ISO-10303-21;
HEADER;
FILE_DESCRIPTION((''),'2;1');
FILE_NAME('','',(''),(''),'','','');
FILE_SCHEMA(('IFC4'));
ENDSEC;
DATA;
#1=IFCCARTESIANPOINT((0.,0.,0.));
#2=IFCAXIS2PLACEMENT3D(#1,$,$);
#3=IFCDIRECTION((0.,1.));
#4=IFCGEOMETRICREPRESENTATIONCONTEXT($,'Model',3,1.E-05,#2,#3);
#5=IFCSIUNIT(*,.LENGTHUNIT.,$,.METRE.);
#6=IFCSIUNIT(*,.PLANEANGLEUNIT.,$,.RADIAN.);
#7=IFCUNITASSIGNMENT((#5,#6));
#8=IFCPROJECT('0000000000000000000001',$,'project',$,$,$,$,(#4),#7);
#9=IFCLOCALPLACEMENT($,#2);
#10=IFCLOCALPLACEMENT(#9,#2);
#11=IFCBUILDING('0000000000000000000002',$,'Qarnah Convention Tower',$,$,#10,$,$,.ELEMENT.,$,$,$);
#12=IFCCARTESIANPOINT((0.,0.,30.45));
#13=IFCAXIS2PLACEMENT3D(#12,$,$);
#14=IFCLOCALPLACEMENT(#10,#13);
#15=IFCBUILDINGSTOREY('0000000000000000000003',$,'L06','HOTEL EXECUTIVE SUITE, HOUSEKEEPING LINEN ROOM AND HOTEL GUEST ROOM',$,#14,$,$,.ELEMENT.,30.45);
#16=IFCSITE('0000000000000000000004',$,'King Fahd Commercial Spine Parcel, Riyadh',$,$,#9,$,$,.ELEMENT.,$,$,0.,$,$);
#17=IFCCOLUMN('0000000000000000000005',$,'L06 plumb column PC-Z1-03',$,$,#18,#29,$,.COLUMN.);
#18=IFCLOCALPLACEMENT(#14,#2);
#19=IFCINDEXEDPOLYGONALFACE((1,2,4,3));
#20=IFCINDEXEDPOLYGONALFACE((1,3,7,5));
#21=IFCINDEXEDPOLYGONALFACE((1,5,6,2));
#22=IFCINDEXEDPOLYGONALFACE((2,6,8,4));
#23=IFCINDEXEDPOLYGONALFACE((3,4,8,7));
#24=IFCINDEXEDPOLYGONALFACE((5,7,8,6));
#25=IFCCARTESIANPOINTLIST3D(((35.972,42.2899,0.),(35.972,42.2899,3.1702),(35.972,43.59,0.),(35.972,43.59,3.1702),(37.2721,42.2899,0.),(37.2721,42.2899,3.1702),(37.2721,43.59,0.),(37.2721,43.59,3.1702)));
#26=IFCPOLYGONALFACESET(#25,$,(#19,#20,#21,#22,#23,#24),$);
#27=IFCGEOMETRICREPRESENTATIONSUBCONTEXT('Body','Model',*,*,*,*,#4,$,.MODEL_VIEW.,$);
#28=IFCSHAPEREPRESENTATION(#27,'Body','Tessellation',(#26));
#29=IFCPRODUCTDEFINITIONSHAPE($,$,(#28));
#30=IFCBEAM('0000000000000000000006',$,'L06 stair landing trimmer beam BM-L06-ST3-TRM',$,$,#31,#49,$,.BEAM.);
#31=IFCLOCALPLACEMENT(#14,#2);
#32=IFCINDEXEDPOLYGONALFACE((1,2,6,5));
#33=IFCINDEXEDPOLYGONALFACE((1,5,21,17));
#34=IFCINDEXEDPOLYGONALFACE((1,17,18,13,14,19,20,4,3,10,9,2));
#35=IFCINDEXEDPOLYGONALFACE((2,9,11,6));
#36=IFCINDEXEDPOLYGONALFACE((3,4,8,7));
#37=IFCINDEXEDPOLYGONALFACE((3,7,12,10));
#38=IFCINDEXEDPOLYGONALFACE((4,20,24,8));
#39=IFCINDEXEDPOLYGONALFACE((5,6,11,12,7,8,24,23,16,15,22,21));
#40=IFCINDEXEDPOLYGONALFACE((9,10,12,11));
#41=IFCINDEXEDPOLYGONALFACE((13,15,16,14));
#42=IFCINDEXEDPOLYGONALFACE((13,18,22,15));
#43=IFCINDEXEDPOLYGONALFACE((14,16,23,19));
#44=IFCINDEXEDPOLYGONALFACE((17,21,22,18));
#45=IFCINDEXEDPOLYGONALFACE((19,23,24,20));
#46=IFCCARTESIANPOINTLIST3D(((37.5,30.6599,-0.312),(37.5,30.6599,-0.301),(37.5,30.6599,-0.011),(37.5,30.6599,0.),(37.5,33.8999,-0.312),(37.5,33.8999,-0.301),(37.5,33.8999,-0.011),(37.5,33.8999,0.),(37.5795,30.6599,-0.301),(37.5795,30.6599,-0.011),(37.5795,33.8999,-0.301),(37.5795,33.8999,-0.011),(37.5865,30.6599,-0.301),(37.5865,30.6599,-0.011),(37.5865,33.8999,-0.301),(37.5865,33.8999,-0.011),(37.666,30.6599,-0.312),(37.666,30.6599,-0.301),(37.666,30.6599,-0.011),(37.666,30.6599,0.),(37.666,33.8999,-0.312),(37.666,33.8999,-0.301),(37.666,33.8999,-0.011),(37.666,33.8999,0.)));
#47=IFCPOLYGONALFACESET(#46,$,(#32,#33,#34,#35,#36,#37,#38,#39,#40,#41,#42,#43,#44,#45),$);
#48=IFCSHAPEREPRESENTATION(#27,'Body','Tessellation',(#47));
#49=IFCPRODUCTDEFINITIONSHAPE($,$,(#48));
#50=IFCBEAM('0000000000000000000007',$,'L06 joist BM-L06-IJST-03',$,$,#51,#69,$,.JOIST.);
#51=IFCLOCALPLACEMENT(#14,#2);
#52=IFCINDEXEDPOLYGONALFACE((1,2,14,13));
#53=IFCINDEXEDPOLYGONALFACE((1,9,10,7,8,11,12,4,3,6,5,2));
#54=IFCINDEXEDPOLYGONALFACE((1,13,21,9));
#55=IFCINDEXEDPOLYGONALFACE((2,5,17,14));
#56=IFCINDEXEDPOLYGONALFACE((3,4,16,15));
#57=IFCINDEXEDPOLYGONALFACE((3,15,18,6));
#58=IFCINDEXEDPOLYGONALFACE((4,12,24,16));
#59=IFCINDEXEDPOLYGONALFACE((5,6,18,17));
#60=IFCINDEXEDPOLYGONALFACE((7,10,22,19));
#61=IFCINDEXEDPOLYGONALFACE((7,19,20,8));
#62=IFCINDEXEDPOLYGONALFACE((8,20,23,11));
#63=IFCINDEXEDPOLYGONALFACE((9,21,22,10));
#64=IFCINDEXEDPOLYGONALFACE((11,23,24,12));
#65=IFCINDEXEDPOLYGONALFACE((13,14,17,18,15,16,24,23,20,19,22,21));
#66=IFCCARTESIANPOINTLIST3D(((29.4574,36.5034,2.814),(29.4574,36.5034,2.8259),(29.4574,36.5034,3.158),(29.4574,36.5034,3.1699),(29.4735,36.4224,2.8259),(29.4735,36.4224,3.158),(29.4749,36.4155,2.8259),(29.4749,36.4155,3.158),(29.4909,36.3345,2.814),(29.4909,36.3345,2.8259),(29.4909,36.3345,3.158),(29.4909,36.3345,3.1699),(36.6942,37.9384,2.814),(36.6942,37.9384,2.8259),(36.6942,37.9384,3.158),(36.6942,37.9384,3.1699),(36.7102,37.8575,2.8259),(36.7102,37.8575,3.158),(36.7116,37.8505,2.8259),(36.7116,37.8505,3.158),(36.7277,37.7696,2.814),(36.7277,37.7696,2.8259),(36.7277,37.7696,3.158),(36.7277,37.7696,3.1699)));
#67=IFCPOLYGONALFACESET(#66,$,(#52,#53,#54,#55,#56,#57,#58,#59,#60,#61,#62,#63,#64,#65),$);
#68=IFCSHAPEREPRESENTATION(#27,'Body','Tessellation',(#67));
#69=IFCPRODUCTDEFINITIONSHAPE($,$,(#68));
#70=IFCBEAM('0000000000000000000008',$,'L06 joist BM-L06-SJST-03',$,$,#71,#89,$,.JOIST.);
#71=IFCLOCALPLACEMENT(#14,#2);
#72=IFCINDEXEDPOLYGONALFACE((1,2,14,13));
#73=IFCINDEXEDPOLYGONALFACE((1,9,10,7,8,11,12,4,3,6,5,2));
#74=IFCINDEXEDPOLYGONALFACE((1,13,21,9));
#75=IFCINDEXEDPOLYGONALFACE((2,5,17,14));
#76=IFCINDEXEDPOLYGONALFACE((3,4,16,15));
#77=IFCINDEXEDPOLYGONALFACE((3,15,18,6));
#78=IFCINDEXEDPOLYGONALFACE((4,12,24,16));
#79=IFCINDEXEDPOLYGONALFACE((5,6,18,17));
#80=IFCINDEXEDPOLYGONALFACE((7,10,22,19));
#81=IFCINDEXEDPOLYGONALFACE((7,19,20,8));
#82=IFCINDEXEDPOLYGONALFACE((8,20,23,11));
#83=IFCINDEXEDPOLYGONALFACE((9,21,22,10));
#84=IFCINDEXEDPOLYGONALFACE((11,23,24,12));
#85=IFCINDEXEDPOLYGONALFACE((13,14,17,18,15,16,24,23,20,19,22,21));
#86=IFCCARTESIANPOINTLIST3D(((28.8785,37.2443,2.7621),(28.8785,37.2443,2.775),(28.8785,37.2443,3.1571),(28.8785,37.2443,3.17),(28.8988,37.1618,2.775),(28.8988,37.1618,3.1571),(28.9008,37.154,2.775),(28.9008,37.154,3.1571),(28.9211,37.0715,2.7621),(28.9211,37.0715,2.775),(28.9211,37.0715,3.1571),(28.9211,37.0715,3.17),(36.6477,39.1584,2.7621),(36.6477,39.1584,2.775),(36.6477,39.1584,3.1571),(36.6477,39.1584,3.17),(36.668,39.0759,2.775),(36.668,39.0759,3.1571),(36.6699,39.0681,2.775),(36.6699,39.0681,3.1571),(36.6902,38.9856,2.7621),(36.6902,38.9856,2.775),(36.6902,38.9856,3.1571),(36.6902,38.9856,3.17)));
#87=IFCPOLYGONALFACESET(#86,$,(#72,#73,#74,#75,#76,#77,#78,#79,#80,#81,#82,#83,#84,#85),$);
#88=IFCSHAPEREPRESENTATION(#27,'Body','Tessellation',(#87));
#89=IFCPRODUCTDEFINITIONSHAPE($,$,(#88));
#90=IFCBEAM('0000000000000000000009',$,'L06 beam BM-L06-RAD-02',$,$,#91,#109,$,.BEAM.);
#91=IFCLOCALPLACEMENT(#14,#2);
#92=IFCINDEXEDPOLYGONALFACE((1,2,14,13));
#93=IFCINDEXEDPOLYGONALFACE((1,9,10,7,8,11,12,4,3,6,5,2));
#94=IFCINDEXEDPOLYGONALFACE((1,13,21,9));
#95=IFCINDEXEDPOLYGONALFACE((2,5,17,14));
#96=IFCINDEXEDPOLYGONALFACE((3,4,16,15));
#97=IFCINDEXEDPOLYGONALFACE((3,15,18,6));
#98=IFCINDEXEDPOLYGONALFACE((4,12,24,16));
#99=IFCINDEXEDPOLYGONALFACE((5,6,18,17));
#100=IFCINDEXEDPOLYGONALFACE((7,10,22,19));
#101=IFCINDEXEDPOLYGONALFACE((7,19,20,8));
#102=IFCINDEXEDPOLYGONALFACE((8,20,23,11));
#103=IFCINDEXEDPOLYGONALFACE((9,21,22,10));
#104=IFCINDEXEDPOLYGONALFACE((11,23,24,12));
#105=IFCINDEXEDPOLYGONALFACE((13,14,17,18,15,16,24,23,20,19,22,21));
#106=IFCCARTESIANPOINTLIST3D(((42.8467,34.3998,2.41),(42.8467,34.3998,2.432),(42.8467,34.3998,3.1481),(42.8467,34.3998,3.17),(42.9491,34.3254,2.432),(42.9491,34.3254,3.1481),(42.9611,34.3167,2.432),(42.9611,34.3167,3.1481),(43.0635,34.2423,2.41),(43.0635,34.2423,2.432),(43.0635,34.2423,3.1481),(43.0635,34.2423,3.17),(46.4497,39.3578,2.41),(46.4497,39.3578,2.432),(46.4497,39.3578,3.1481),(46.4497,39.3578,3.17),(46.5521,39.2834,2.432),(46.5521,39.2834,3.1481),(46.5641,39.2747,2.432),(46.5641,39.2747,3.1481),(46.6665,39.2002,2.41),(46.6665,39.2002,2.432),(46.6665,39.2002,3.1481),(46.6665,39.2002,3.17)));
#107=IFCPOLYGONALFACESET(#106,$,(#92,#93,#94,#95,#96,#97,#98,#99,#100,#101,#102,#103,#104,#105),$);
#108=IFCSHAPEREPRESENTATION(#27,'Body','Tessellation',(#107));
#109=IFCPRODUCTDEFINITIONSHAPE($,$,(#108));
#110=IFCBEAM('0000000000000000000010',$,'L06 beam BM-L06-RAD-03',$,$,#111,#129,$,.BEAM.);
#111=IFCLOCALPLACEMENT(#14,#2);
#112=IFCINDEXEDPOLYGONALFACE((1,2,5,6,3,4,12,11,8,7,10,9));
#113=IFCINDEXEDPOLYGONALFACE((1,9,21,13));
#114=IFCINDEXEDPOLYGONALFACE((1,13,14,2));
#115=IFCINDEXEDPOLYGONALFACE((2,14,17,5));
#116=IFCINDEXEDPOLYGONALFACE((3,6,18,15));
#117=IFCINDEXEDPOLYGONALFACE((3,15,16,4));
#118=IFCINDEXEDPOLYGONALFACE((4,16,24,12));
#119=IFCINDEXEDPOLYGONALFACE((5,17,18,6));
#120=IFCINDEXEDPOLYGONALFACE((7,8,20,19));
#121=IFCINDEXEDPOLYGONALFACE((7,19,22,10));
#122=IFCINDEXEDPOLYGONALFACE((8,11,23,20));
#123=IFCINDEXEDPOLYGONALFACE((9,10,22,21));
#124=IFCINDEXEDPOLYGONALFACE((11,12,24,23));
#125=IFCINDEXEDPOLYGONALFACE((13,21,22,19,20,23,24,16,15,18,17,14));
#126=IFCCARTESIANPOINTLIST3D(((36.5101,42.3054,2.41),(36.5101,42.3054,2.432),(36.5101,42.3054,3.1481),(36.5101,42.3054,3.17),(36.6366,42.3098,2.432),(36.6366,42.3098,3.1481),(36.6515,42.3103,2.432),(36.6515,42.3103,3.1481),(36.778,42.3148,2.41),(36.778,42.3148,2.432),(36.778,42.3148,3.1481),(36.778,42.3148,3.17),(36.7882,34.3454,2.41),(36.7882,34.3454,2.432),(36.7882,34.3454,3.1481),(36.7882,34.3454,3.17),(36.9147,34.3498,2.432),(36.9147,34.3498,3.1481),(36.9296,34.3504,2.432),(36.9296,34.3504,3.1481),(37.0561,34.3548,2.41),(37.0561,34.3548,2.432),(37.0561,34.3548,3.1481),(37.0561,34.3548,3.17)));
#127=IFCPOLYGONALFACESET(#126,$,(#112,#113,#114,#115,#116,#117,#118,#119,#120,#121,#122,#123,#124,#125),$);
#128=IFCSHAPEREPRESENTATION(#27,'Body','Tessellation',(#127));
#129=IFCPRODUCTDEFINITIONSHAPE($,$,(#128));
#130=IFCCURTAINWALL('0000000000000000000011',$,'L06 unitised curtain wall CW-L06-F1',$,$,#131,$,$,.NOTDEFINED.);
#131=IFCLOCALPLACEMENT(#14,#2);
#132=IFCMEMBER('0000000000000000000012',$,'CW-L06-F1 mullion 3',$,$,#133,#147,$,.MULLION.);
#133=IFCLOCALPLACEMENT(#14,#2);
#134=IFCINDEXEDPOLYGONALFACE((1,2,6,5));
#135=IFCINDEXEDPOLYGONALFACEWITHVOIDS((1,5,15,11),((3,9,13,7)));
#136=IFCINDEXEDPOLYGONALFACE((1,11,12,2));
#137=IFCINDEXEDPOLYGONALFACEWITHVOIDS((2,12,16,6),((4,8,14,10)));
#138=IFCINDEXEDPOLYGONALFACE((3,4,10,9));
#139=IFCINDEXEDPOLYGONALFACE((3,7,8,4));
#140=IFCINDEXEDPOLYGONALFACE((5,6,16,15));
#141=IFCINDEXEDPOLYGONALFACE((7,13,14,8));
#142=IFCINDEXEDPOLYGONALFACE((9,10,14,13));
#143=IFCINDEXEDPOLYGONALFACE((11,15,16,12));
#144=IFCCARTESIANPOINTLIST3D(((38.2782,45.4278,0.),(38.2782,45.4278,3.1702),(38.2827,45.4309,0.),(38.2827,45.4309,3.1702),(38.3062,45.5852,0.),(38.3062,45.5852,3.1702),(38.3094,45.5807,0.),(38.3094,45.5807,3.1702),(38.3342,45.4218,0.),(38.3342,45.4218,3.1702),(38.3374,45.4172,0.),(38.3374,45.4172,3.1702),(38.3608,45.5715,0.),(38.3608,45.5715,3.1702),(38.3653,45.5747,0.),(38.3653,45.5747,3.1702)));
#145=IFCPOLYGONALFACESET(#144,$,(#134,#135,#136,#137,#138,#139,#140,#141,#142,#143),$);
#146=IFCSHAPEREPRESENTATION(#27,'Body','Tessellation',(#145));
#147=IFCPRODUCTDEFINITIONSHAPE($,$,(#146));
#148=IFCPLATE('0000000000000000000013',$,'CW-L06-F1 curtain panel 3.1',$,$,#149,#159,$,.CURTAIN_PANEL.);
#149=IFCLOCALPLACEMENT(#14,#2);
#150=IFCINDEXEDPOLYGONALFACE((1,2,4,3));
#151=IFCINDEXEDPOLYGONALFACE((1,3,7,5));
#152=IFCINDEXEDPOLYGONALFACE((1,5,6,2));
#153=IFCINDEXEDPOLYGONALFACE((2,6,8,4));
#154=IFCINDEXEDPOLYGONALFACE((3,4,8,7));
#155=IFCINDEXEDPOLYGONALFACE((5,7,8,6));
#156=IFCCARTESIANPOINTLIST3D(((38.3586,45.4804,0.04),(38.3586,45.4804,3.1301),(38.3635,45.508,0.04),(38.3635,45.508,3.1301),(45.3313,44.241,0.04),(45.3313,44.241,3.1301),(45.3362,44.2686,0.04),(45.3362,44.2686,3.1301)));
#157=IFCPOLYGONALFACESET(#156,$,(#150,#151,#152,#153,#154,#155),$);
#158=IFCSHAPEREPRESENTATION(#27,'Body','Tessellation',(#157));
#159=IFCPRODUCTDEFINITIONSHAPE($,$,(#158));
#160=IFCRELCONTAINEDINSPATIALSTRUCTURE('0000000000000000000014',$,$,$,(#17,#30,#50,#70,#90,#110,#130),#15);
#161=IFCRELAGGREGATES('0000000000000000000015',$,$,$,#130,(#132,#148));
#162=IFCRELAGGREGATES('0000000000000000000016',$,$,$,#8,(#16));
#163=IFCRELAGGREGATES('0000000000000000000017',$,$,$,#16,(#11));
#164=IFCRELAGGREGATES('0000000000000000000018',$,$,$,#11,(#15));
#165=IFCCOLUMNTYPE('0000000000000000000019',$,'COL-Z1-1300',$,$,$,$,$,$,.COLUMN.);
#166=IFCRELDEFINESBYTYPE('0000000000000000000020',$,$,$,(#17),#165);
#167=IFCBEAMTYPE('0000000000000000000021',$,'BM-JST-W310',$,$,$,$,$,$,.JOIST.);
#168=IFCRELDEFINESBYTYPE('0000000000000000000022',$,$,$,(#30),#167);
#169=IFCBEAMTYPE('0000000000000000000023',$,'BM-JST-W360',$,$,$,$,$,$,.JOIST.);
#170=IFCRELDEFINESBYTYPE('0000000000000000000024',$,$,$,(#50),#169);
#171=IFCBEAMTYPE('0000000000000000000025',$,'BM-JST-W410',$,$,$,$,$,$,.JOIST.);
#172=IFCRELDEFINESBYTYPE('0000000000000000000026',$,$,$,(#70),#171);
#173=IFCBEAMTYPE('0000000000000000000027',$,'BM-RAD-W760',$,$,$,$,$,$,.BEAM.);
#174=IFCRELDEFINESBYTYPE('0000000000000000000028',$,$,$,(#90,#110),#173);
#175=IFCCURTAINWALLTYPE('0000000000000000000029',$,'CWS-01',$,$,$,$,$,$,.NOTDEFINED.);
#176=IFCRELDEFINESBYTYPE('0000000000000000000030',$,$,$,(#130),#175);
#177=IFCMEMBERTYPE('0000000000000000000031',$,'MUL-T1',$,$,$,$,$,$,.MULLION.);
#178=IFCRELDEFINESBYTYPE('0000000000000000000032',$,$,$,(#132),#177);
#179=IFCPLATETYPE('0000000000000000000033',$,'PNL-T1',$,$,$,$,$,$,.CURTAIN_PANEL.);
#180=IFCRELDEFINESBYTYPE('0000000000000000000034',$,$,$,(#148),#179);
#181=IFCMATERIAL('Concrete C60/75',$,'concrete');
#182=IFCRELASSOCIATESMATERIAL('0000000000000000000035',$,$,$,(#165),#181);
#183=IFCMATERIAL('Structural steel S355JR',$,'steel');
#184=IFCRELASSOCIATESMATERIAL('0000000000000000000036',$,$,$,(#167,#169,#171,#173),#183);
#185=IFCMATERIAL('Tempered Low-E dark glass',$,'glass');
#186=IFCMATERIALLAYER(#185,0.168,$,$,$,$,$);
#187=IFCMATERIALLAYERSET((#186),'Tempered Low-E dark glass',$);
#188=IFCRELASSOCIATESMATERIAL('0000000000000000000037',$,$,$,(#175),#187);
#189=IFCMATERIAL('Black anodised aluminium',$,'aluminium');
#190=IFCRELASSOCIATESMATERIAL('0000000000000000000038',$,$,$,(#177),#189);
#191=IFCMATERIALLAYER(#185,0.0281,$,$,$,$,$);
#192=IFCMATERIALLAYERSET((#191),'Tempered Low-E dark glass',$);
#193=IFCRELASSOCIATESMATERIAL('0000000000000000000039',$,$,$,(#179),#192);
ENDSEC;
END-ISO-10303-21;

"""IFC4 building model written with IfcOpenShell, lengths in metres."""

from ifc_helpers import new_model, si_unit, direction, frame, origin, origin_2d, place, context, subcontext, project, spatial, rectangle, hollow_rectangle, i_section, extrude, material, layer, layer_set, material_profile, profile_set, type_object, element, aggregate, save


model = new_model("IFC4")

# Units and contexts
model_context = context("Model", 3, precision=1e-05, world=origin(), true_north=direction((0.0, 1.0)))
body_context = subcontext(model_context, "Body", "Model", "MODEL_VIEW")
ifc_project = project(units=[si_unit("LENGTHUNIT", "METRE"), si_unit("PLANEANGLEUNIT", "RADIAN")], contexts=[model_context])

# Site, building, storey
site_placement = place(None, origin())
site = spatial("IfcSite", under=ifc_project, at=site_placement, Name="King Fahd Commercial Spine Parcel, Riyadh", CompositionType="ELEMENT", RefElevation=0.0)
building_placement = place(site_placement, origin())
building = spatial("IfcBuilding", under=site, at=building_placement, Name="Qarnah Convention Tower", CompositionType="ELEMENT")
storey_placement = place(building_placement, frame((0.0, 0.0, 30.45)))
storey = spatial("IfcBuildingStorey", under=building, at=storey_placement, Name="L06", Description="HOTEL EXECUTIVE SUITE, HOUSEKEEPING LINEN ROOM AND HOTEL GUEST ROOM", CompositionType="ELEMENT", Elevation=30.45)

# Column
ifc_material_1 = material(Name="Concrete C60/75", Category="concrete")
ifc_material_profile_1 = material_profile(ifc_material_1, rectangle(XDim=1.3, YDim=1.3, at=origin_2d()), Name="RC-COL-1300X1300")
ifc_profile_set_1 = profile_set([ifc_material_profile_1], Name="Concrete C60/75")
column_type = type_object("IfcColumnType", Name="COL-Z1-1300", PredefinedType="COLUMN", material=ifc_profile_set_1)
column_placement = place(storey_placement, frame((36.6221, 42.9399, 0.0), z_axis=(0.0, 0.0, 1.0), x_axis=(1.0, 0.0, 0.0)))
element("IfcColumn", 1, at=column_placement, inside=storey, type_object=column_type, Name="L06 plumb column PC-Z1-03", PredefinedType="COLUMN", context=body_context, shape_type="SweptSolid", body=[
    extrude(rectangle(XDim=1.3, YDim=1.3, at=origin_2d()), origin(), (0.0, 0.0, 1.0), 3.1702),
])

# Beams
ifc_material_2 = material(Name="Structural steel S355JR", Category="steel")
ifc_material_profile_2 = material_profile(ifc_material_2, i_section(OverallWidth=0.166, OverallDepth=0.312, WebThickness=0.0071, FlangeThickness=0.011, at=origin_2d()), Name="W310X45")
ifc_profile_set_2 = profile_set([ifc_material_profile_2], Name="Structural steel S355JR")
beam_type_1 = type_object("IfcBeamType", Name="BM-JST-W310", PredefinedType="JOIST", material=ifc_profile_set_2)
beam_1_placement = place(storey_placement, frame((37.583, 30.6599, -0.156), z_axis=(0.0, 1.0, 0.0), x_axis=(-1.0, 0.0, 0.0)))
element("IfcBeam", 2, at=beam_1_placement, inside=storey, type_object=beam_type_1, Name="L06 stair landing trimmer beam BM-L06-ST3-TRM", PredefinedType="BEAM", context=body_context, shape_type="SweptSolid", body=[
    extrude(i_section(OverallWidth=0.166, OverallDepth=0.312, WebThickness=0.0071, FlangeThickness=0.011, at=origin_2d()), origin(), (0.0, 0.0, 1.0), 3.24),
])
ifc_material_profile_3 = material_profile(ifc_material_2, i_section(OverallWidth=0.1721, OverallDepth=0.356, WebThickness=0.0071, FlangeThickness=0.012, at=origin_2d()), Name="W360X51")
ifc_profile_set_3 = profile_set([ifc_material_profile_3], Name="Structural steel S355JR")
beam_type_2 = type_object("IfcBeamType", Name="BM-JST-W360", PredefinedType="JOIST", material=ifc_profile_set_3)
beam_2_placement = place(storey_placement, frame((36.7109, 37.854, 2.9919), z_axis=(-0.9809, -0.194512, 0.0), x_axis=(0.194512, -0.9809, 0.0)))
element("IfcBeam", 3, at=beam_2_placement, inside=storey, type_object=beam_type_2, Name="L06 joist BM-L06-IJST-03", PredefinedType="JOIST", context=body_context, shape_type="SweptSolid", body=[
    extrude(i_section(OverallWidth=0.1721, OverallDepth=0.356, WebThickness=0.0071, FlangeThickness=0.012, at=origin_2d()), origin(), (0.0, 0.0, 1.0), 7.3777),
])
ifc_material_profile_4 = material_profile(ifc_material_2, i_section(OverallWidth=0.178, OverallDepth=0.408, WebThickness=0.0081, FlangeThickness=0.0129, at=origin_2d()), Name="W410X60")
ifc_profile_set_4 = profile_set([ifc_material_profile_4], Name="Structural steel S355JR")
beam_type_3 = type_object("IfcBeamType", Name="BM-JST-W410", PredefinedType="JOIST", material=ifc_profile_set_4)
beam_3_placement = place(storey_placement, frame((36.6689, 39.072, 2.9661), z_axis=(-0.970966, -0.239217, 0.0), x_axis=(0.239217, -0.970966, 0.0)))
element("IfcBeam", 4, at=beam_3_placement, inside=storey, type_object=beam_type_3, Name="L06 joist BM-L06-SJST-03", PredefinedType="JOIST", context=body_context, shape_type="SweptSolid", body=[
    extrude(i_section(OverallWidth=0.178, OverallDepth=0.408, WebThickness=0.0081, FlangeThickness=0.0129, at=origin_2d()), origin(), (0.0, 0.0, 1.0), 8.0015),
])
ifc_material_profile_5 = material_profile(ifc_material_2, i_section(OverallWidth=0.2681, OverallDepth=0.76, WebThickness=0.0149, FlangeThickness=0.022, at=origin_2d()), Name="W760X185")
ifc_profile_set_5 = profile_set([ifc_material_profile_5], Name="Structural steel S355JR")
beam_type_4 = type_object("IfcBeamType", Name="BM-RAD-W760", PredefinedType="BEAM", material=ifc_profile_set_5)
beam_4_placement = place(storey_placement, frame((42.9551, 34.321, 2.79), z_axis=(0.587873, 0.808953, 0.0), x_axis=(-0.808953, 0.587873, 0.0)))
element("IfcBeam", 5, at=beam_4_placement, inside=storey, type_object=beam_type_4, Name="L06 beam BM-L06-RAD-02", PredefinedType="BEAM", context=body_context, shape_type="SweptSolid", body=[
    extrude(i_section(OverallWidth=0.2681, OverallDepth=0.76, WebThickness=0.0149, FlangeThickness=0.022, at=origin_2d()), origin(), (0.0, 0.0, 1.0), 6.1289),
])
beam_5_placement = place(storey_placement, frame((36.9221, 34.3501, 2.79), z_axis=(-0.034913, 0.99939, 0.0), x_axis=(-0.99939, -0.034913, 0.0)))
element("IfcBeam", 6, at=beam_5_placement, inside=storey, type_object=beam_type_4, Name="L06 beam BM-L06-RAD-03", PredefinedType="BEAM", context=body_context, shape_type="SweptSolid", body=[
    extrude(i_section(OverallWidth=0.2681, OverallDepth=0.76, WebThickness=0.0149, FlangeThickness=0.022, at=origin_2d()), origin(), (0.0, 0.0, 1.0), 7.9648),
])

# Curtain wall, member, plate
ifc_material_3 = material(Name="Tempered Low-E dark glass", Category="glass")
ifc_layer_1 = layer(ifc_material_3, 0.168)
ifc_layer_set_1 = layer_set([ifc_layer_1], Name="Tempered Low-E dark glass")
curtain_wall_type = type_object("IfcCurtainWallType", Name="CWS-01", PredefinedType="NOTDEFINED", material=ifc_layer_set_1)
curtain_wall_placement = place(storey_placement, origin())
curtain_wall = element("IfcCurtainWall", 7, at=curtain_wall_placement, inside=storey, type_object=curtain_wall_type, Name="L06 unitised curtain wall CW-L06-F1", PredefinedType="NOTDEFINED")
ifc_material_4 = material(Name="Black anodised aluminium", Category="aluminium")
ifc_material_profile_6 = material_profile(ifc_material_4, hollow_rectangle(XDim=0.0601, YDim=0.1599, WallThickness=0.0039, at=origin_2d()), Name="MUL-60X160")
ifc_profile_set_6 = profile_set([ifc_material_profile_6], Name="Black anodised aluminium")
member_type = type_object("IfcMemberType", Name="MUL-T1", PredefinedType="MULLION", material=ifc_profile_set_6)
member_placement = place(storey_placement, frame((38.3218, 45.5012, 0.0), z_axis=(0.0, 0.0, 1.0), x_axis=(0.984567, -0.175009, 0.0)))
member = element("IfcMember", 8, at=member_placement, type_object=member_type, Name="CW-L06-F1 mullion 3", PredefinedType="MULLION", context=body_context, shape_type="SweptSolid", body=[
    extrude(hollow_rectangle(XDim=0.0601, YDim=0.1599, WallThickness=0.0039, at=origin_2d()), origin(), (0.0, 0.0, 1.0), 3.1702),
])
ifc_layer_2 = layer(ifc_material_3, 0.0281)
ifc_layer_set_2 = layer_set([ifc_layer_2], Name="Tempered Low-E dark glass")
plate_type = type_object("IfcPlateType", Name="PNL-T1", PredefinedType="CURTAIN_PANEL", material=ifc_layer_set_2)
plate_placement = place(storey_placement, frame((41.8474, 44.8745, 0.04), z_axis=(0.0, 0.0, 1.0), x_axis=(0.984567, -0.175009, 0.0)))
plate = element("IfcPlate", 9, at=plate_placement, type_object=plate_type, Name="CW-L06-F1 curtain panel 3.1", PredefinedType="CURTAIN_PANEL", context=body_context, shape_type="SweptSolid", body=[
    extrude(rectangle(XDim=7.082, YDim=0.0281, at=origin_2d()), origin(), (0.0, 0.0, 1.0), 3.0901),
])
aggregate(curtain_wall, [member, plate])

save(model, "model.ifc")
